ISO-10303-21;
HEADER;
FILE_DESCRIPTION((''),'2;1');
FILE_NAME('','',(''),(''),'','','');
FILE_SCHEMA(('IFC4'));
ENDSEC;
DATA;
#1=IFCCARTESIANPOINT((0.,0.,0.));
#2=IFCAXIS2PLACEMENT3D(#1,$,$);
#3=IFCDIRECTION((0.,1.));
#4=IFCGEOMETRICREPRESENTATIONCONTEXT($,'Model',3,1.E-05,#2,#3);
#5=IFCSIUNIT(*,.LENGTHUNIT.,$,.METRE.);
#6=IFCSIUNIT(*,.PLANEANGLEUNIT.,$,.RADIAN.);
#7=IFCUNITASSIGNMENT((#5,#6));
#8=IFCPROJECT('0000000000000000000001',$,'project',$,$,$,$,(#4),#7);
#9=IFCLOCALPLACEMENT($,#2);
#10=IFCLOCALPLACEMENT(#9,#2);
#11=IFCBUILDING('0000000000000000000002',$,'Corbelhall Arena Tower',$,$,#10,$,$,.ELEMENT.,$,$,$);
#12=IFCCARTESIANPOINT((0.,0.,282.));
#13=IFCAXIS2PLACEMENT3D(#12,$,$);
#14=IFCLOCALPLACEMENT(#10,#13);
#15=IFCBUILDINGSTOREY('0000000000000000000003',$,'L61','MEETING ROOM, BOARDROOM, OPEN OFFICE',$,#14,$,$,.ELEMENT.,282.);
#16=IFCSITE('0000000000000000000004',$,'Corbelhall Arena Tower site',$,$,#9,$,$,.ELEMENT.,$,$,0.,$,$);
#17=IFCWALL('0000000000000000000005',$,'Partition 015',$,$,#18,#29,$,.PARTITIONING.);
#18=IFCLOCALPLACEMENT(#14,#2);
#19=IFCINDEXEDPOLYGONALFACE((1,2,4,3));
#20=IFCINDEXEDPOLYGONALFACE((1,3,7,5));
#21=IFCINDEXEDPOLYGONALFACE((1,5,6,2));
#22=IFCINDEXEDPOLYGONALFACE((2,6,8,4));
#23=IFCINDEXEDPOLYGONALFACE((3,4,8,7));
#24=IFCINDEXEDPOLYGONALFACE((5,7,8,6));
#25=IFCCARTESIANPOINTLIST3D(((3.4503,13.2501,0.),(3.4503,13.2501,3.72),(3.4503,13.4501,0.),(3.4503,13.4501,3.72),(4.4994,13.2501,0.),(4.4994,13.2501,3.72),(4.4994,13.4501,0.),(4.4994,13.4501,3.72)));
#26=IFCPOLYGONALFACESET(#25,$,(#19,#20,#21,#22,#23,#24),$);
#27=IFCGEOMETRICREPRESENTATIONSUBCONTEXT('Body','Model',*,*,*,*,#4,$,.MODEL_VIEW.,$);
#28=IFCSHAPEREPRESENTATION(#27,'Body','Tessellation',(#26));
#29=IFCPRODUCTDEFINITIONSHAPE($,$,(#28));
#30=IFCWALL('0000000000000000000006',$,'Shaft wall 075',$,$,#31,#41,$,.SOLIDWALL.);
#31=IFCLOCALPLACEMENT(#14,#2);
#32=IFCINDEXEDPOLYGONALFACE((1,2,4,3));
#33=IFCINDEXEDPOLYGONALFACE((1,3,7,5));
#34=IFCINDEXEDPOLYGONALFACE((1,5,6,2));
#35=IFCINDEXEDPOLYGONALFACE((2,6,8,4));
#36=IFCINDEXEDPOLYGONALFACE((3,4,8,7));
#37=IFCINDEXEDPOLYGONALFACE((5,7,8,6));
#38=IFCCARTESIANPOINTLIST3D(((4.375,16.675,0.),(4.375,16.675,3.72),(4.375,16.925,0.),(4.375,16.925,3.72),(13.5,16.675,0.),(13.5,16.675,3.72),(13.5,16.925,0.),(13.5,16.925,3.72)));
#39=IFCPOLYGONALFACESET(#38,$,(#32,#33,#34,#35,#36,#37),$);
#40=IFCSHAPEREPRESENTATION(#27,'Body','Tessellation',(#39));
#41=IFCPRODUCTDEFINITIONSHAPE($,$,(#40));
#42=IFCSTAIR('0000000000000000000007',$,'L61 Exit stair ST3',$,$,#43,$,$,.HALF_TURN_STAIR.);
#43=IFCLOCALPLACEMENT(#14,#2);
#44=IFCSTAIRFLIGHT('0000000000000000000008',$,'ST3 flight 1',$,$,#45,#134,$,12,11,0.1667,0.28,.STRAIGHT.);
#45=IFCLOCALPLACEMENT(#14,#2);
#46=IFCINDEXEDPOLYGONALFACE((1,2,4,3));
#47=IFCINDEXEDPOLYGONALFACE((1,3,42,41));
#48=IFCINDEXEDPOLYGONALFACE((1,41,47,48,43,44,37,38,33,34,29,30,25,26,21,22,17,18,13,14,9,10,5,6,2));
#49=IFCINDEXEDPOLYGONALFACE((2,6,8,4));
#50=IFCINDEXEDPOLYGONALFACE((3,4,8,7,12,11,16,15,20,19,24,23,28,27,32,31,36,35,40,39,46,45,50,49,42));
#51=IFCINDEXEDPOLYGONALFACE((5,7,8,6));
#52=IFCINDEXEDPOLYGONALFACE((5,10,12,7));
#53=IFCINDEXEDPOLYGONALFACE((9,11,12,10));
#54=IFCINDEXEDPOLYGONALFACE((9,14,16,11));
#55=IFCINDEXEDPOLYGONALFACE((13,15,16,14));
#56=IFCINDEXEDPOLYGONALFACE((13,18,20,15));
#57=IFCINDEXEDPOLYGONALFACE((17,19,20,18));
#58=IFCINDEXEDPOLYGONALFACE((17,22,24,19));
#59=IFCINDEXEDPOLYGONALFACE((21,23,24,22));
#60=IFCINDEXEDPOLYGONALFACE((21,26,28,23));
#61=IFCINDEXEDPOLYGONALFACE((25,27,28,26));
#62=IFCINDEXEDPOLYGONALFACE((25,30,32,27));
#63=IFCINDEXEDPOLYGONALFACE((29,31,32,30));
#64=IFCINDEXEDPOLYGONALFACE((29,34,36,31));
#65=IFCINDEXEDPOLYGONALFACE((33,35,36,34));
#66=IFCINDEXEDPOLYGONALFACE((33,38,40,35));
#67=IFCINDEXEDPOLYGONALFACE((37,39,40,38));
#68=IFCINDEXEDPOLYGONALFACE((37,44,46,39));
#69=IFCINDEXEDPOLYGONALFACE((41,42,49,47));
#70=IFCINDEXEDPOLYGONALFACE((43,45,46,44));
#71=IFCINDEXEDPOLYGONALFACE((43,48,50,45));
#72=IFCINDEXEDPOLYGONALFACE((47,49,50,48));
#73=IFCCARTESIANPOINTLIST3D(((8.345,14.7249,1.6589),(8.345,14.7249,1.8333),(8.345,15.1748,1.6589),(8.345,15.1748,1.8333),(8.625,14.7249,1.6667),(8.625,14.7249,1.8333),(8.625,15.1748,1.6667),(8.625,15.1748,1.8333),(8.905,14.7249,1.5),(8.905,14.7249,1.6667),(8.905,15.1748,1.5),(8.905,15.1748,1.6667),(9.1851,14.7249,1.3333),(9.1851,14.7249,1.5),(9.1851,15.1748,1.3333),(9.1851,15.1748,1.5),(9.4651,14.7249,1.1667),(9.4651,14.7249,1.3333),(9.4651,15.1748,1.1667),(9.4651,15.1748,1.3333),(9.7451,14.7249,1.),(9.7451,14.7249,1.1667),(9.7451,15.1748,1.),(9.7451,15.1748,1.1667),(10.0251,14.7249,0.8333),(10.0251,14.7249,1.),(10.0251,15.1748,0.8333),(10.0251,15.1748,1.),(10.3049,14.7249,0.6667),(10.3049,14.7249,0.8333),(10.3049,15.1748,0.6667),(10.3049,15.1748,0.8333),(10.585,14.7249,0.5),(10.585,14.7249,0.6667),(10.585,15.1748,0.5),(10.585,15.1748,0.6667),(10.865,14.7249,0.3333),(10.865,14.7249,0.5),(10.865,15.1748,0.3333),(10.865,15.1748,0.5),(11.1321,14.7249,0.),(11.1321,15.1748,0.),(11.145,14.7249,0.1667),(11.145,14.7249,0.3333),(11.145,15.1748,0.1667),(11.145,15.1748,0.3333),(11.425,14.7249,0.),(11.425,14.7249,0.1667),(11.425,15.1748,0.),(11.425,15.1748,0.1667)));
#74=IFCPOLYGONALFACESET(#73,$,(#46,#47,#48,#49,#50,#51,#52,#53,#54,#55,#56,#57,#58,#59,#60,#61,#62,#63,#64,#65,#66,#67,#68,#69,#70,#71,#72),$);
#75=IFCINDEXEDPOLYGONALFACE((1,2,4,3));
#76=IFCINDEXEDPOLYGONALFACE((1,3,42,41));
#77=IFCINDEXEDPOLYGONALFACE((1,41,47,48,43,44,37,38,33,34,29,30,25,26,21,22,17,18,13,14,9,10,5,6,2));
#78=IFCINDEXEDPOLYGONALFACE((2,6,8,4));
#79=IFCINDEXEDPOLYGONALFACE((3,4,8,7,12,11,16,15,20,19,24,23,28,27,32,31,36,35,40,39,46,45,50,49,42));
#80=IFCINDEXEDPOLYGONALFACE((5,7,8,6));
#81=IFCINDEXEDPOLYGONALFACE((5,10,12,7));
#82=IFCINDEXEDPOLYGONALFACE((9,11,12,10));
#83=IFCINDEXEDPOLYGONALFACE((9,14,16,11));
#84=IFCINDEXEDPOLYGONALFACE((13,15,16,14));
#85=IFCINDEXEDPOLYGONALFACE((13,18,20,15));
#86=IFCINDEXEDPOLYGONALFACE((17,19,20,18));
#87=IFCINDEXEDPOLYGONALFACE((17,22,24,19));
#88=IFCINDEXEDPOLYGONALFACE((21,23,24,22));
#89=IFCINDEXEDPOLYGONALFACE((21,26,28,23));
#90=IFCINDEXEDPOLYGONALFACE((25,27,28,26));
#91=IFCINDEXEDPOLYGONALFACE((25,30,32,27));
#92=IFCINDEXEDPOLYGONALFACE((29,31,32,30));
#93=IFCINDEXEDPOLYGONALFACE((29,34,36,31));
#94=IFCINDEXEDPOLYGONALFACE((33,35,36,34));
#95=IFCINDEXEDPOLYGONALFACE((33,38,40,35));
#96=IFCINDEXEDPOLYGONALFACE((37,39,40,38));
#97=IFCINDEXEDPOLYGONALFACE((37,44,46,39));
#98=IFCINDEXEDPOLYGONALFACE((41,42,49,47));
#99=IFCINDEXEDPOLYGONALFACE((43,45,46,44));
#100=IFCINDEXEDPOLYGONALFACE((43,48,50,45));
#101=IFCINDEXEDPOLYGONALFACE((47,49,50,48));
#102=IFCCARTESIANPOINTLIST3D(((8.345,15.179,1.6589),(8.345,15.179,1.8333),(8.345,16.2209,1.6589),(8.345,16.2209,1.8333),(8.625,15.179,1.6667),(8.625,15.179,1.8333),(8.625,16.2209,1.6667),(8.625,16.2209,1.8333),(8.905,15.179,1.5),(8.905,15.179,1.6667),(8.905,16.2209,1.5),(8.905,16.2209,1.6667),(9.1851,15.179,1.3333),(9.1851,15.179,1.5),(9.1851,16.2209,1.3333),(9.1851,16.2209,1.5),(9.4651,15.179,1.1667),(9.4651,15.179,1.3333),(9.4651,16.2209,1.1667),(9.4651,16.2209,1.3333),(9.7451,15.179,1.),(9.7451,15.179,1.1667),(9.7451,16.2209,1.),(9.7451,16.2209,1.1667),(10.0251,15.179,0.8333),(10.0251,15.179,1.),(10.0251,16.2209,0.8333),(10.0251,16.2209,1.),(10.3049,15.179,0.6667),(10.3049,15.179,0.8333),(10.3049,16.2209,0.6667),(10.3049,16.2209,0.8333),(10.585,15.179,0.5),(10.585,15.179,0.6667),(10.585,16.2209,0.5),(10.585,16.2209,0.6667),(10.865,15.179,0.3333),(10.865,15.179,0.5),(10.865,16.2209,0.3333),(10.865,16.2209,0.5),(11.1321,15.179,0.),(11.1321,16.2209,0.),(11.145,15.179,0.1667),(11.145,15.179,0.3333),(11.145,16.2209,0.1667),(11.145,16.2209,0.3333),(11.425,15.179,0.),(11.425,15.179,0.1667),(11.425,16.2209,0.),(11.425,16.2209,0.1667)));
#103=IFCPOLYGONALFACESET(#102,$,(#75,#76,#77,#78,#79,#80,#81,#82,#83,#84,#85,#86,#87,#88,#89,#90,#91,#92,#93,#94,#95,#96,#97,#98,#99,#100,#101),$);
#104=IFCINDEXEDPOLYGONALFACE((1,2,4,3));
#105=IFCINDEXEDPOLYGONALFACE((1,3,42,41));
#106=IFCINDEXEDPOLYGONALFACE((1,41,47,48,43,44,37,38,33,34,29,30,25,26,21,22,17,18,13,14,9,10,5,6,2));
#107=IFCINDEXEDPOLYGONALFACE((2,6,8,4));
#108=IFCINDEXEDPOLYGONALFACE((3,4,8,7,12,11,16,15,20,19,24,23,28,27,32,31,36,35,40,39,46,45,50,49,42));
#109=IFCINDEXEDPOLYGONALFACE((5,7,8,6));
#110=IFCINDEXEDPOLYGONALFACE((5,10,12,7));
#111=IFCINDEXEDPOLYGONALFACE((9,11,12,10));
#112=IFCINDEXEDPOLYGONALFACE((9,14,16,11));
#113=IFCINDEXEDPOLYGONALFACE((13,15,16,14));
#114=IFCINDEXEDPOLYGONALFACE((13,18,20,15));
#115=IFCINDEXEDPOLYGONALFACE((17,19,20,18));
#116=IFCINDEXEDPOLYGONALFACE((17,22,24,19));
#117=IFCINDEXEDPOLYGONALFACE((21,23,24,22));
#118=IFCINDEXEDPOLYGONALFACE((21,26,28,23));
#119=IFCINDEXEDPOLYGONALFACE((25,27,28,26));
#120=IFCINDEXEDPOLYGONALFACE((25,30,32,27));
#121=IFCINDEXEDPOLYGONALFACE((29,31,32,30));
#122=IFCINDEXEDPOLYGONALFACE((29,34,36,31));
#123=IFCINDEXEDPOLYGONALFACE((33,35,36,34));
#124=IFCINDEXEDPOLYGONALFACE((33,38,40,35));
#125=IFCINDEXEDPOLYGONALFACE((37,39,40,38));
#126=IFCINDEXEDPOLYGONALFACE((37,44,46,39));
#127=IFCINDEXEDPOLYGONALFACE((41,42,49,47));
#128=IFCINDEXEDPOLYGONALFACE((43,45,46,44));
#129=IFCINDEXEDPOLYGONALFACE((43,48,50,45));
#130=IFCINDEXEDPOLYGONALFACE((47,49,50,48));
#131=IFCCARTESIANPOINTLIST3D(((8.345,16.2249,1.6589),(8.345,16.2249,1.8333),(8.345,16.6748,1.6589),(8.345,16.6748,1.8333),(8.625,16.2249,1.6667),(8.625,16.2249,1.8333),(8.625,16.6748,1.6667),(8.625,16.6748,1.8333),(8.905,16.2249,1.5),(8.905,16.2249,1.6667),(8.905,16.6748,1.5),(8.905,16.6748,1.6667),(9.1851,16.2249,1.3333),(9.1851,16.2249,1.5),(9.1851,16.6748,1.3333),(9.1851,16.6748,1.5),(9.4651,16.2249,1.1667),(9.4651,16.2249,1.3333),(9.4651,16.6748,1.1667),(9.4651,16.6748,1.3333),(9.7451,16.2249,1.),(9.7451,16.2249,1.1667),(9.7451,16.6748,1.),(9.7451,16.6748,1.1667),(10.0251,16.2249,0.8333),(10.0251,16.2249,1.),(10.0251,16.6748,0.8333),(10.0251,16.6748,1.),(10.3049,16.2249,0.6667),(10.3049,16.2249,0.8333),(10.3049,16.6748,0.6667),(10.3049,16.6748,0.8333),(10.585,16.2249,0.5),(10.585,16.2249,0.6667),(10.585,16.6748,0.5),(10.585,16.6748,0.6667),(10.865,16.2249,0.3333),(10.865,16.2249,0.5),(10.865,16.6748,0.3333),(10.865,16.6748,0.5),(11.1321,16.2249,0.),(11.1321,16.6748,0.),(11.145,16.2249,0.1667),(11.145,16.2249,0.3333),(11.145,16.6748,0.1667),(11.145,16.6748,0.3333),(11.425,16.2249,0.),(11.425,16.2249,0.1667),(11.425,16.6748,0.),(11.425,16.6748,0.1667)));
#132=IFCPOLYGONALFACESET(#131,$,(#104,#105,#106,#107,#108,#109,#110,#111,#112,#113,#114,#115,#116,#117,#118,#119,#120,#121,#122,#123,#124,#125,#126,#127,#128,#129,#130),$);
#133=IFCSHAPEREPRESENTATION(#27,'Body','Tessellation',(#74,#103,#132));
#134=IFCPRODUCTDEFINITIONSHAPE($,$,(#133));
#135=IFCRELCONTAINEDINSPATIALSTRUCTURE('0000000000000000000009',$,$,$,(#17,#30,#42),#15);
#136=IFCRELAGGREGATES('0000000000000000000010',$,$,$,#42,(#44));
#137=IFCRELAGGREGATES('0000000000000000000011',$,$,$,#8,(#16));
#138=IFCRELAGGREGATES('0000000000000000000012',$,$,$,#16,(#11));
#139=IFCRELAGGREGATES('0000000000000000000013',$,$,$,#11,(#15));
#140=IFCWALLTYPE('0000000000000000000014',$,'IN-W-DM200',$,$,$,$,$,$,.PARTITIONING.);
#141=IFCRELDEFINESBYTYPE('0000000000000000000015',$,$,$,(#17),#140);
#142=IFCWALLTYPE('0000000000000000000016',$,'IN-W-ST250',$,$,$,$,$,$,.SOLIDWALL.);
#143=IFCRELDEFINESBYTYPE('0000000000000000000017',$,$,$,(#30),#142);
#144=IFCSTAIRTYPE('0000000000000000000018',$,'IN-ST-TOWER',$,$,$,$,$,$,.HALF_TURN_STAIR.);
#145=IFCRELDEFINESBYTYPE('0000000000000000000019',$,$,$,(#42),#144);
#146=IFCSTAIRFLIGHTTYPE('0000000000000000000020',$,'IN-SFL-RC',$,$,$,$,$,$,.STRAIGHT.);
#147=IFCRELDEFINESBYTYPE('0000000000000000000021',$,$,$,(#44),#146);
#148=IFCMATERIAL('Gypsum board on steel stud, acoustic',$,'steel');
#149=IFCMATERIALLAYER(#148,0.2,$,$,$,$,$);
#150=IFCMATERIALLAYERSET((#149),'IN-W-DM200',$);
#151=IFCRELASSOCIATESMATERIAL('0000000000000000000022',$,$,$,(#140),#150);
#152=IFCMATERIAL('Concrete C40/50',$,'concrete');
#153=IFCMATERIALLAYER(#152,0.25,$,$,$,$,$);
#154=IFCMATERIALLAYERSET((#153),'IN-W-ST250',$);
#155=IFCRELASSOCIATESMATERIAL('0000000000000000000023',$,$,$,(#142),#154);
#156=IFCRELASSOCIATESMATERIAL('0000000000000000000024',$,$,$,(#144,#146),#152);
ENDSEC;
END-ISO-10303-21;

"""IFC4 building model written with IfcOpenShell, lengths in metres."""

from ifc_helpers import new_model, si_unit, direction, frame, frame_2d, origin, place, context, subcontext, project, spatial, polyline, rectangle, outline, extrude, material, layer, layer_set, type_object, element, aggregate, save


model = new_model("IFC4")

# Units and contexts
model_context = context("Model", 3, precision=1e-05, world=origin(), true_north=direction((0.0, 1.0)))
body_context = subcontext(model_context, "Body", "Model", "MODEL_VIEW")
ifc_project = project(units=[si_unit("LENGTHUNIT", "METRE"), si_unit("PLANEANGLEUNIT", "RADIAN")], contexts=[model_context])

# Site, building, storey
site_placement = place(None, origin())
site = spatial("IfcSite", under=ifc_project, at=site_placement, Name="Corbelhall Arena Tower site", CompositionType="ELEMENT", RefElevation=0.0)
building_placement = place(site_placement, origin())
building = spatial("IfcBuilding", under=site, at=building_placement, Name="Corbelhall Arena Tower", CompositionType="ELEMENT")
storey_placement = place(building_placement, frame((0.0, 0.0, 282.0)))
storey = spatial("IfcBuildingStorey", under=building, at=storey_placement, Name="L61", Description="MEETING ROOM, BOARDROOM, OPEN OFFICE", CompositionType="ELEMENT", Elevation=282.0)

# Walls
ifc_material_1 = material(Name="Gypsum board on steel stud, acoustic", Category="steel")
ifc_layer_1 = layer(ifc_material_1, 0.2)
ifc_layer_set_1 = layer_set([ifc_layer_1], Name="IN-W-DM200")
wall_type_1 = type_object("IfcWallType", Name="IN-W-DM200", PredefinedType="PARTITIONING", material=ifc_layer_set_1)
wall_1_placement = place(storey_placement, frame((3.4504, 13.3501, 0.0), z_axis=(0.0, 0.0, 1.0), x_axis=(1.0, 0.0, 0.0)))
element("IfcWall", 1, at=wall_1_placement, inside=storey, type_object=wall_type_1, Name="Partition 015", PredefinedType="PARTITIONING", context=body_context, shape_type="SweptSolid", body=[
    extrude(rectangle(XDim=1.0491, YDim=0.2, at=frame_2d((0.5244, 0.0))), origin(), (0.0, 0.0, 1.0), 3.72),
])
ifc_material_2 = material(Name="Concrete C40/50", Category="concrete")
ifc_layer_2 = layer(ifc_material_2, 0.25)
ifc_layer_set_2 = layer_set([ifc_layer_2], Name="IN-W-ST250")
wall_type_2 = type_object("IfcWallType", Name="IN-W-ST250", PredefinedType="SOLIDWALL", material=ifc_layer_set_2)
wall_2_placement = place(storey_placement, frame((4.375, 16.8, 0.0), z_axis=(0.0, 0.0, 1.0), x_axis=(1.0, 0.0, 0.0)))
element("IfcWall", 2, at=wall_2_placement, inside=storey, type_object=wall_type_2, Name="Shaft wall 075", PredefinedType="SOLIDWALL", context=body_context, shape_type="SweptSolid", body=[
    extrude(rectangle(XDim=9.125, YDim=0.25, at=frame_2d((4.5625, 0.0))), origin(), (0.0, 0.0, 1.0), 3.72),
])

# Stair, stair flight
stair_type = type_object("IfcStairType", Name="IN-ST-TOWER", PredefinedType="HALF_TURN_STAIR", material=ifc_material_2)
stair_placement = place(storey_placement, origin())
stair = element("IfcStair", 3, at=stair_placement, inside=storey, type_object=stair_type, Name="L61 Exit stair ST3", PredefinedType="HALF_TURN_STAIR")
stair_flight_type = type_object("IfcStairFlightType", Name="IN-SFL-RC", PredefinedType="STRAIGHT", material=ifc_material_2)
stair_flight_1_placement = place(storey_placement, frame((11.425, 15.7, 0.0), z_axis=(0.0, 0.0, 1.0), x_axis=(-1.0, 0.0, 0.0)))
stair_flight_1 = element("IfcStairFlight", 4, at=stair_flight_1_placement, type_object=stair_flight_type, Name="ST3 flight 1", NumberOfRisers=12, NumberOfTreads=11, PredefinedType="STRAIGHT", RiserHeight=0.1667, TreadLength=0.28, context=body_context, shape_type="SweptSolid", body=[
    extrude(outline(polyline([(0.0, 0.0), (0.0, 0.1667), (0.28, 0.1667), (0.28, 0.3333), (0.5601, 0.3333), (0.5601, 0.5), (0.8401, 0.5), (0.8401, 0.6667), (1.1201, 0.6667), (1.1201, 0.8333), (1.3999, 0.8333), (1.3999, 1.0), (1.6799, 1.0), (1.6799, 1.1667), (1.96, 1.1667), (1.96, 1.3333), (2.24, 1.3333), (2.24, 1.5), (2.52, 1.5), (2.52, 1.6667), (2.8, 1.6667), (2.8, 1.8333), (3.0801, 1.8333), (3.0801, 2.0), (3.0801, 1.6589), (0.293, 0.0), (0.0, 0.0)])), frame((0.0, 0.9751, 0.0), z_axis=(0.0, -1.0, 0.0), x_axis=(1.0, 0.0, 0.0)), (0.0, 0.0, 1.0), 0.45),
    extrude(outline(polyline([(0.0, 0.0), (0.0, 0.1667), (0.28, 0.1667), (0.28, 0.3333), (0.5601, 0.3333), (0.5601, 0.5), (0.8401, 0.5), (0.8401, 0.6667), (1.1201, 0.6667), (1.1201, 0.8333), (1.3999, 0.8333), (1.3999, 1.0), (1.6799, 1.0), (1.6799, 1.1667), (1.96, 1.1667), (1.96, 1.3333), (2.24, 1.3333), (2.24, 1.5), (2.52, 1.5), (2.52, 1.6667), (2.8, 1.6667), (2.8, 1.8333), (3.0801, 1.8333), (3.0801, 2.0), (3.0801, 1.6589), (0.293, 0.0), (0.0, 0.0)])), frame((0.0, 0.521, 0.0), z_axis=(0.0, -1.0, 0.0), x_axis=(1.0, 0.0, 0.0)), (0.0, 0.0, 1.0), 1.042),
    extrude(outline(polyline([(0.0, 0.0), (0.0, 0.1667), (0.28, 0.1667), (0.28, 0.3333), (0.5601, 0.3333), (0.5601, 0.5), (0.8401, 0.5), (0.8401, 0.6667), (1.1201, 0.6667), (1.1201, 0.8333), (1.3999, 0.8333), (1.3999, 1.0), (1.6799, 1.0), (1.6799, 1.1667), (1.96, 1.1667), (1.96, 1.3333), (2.24, 1.3333), (2.24, 1.5), (2.52, 1.5), (2.52, 1.6667), (2.8, 1.6667), (2.8, 1.8333), (3.0801, 1.8333), (3.0801, 2.0), (3.0801, 1.6589), (0.293, 0.0), (0.0, 0.0)])), frame((0.0, -0.5249, 0.0), z_axis=(0.0, -1.0, 0.0), x_axis=(1.0, 0.0, 0.0)), (0.0, 0.0, 1.0), 0.45),
])
aggregate(stair, [stair_flight_1])

save(model, "model.ifc")
